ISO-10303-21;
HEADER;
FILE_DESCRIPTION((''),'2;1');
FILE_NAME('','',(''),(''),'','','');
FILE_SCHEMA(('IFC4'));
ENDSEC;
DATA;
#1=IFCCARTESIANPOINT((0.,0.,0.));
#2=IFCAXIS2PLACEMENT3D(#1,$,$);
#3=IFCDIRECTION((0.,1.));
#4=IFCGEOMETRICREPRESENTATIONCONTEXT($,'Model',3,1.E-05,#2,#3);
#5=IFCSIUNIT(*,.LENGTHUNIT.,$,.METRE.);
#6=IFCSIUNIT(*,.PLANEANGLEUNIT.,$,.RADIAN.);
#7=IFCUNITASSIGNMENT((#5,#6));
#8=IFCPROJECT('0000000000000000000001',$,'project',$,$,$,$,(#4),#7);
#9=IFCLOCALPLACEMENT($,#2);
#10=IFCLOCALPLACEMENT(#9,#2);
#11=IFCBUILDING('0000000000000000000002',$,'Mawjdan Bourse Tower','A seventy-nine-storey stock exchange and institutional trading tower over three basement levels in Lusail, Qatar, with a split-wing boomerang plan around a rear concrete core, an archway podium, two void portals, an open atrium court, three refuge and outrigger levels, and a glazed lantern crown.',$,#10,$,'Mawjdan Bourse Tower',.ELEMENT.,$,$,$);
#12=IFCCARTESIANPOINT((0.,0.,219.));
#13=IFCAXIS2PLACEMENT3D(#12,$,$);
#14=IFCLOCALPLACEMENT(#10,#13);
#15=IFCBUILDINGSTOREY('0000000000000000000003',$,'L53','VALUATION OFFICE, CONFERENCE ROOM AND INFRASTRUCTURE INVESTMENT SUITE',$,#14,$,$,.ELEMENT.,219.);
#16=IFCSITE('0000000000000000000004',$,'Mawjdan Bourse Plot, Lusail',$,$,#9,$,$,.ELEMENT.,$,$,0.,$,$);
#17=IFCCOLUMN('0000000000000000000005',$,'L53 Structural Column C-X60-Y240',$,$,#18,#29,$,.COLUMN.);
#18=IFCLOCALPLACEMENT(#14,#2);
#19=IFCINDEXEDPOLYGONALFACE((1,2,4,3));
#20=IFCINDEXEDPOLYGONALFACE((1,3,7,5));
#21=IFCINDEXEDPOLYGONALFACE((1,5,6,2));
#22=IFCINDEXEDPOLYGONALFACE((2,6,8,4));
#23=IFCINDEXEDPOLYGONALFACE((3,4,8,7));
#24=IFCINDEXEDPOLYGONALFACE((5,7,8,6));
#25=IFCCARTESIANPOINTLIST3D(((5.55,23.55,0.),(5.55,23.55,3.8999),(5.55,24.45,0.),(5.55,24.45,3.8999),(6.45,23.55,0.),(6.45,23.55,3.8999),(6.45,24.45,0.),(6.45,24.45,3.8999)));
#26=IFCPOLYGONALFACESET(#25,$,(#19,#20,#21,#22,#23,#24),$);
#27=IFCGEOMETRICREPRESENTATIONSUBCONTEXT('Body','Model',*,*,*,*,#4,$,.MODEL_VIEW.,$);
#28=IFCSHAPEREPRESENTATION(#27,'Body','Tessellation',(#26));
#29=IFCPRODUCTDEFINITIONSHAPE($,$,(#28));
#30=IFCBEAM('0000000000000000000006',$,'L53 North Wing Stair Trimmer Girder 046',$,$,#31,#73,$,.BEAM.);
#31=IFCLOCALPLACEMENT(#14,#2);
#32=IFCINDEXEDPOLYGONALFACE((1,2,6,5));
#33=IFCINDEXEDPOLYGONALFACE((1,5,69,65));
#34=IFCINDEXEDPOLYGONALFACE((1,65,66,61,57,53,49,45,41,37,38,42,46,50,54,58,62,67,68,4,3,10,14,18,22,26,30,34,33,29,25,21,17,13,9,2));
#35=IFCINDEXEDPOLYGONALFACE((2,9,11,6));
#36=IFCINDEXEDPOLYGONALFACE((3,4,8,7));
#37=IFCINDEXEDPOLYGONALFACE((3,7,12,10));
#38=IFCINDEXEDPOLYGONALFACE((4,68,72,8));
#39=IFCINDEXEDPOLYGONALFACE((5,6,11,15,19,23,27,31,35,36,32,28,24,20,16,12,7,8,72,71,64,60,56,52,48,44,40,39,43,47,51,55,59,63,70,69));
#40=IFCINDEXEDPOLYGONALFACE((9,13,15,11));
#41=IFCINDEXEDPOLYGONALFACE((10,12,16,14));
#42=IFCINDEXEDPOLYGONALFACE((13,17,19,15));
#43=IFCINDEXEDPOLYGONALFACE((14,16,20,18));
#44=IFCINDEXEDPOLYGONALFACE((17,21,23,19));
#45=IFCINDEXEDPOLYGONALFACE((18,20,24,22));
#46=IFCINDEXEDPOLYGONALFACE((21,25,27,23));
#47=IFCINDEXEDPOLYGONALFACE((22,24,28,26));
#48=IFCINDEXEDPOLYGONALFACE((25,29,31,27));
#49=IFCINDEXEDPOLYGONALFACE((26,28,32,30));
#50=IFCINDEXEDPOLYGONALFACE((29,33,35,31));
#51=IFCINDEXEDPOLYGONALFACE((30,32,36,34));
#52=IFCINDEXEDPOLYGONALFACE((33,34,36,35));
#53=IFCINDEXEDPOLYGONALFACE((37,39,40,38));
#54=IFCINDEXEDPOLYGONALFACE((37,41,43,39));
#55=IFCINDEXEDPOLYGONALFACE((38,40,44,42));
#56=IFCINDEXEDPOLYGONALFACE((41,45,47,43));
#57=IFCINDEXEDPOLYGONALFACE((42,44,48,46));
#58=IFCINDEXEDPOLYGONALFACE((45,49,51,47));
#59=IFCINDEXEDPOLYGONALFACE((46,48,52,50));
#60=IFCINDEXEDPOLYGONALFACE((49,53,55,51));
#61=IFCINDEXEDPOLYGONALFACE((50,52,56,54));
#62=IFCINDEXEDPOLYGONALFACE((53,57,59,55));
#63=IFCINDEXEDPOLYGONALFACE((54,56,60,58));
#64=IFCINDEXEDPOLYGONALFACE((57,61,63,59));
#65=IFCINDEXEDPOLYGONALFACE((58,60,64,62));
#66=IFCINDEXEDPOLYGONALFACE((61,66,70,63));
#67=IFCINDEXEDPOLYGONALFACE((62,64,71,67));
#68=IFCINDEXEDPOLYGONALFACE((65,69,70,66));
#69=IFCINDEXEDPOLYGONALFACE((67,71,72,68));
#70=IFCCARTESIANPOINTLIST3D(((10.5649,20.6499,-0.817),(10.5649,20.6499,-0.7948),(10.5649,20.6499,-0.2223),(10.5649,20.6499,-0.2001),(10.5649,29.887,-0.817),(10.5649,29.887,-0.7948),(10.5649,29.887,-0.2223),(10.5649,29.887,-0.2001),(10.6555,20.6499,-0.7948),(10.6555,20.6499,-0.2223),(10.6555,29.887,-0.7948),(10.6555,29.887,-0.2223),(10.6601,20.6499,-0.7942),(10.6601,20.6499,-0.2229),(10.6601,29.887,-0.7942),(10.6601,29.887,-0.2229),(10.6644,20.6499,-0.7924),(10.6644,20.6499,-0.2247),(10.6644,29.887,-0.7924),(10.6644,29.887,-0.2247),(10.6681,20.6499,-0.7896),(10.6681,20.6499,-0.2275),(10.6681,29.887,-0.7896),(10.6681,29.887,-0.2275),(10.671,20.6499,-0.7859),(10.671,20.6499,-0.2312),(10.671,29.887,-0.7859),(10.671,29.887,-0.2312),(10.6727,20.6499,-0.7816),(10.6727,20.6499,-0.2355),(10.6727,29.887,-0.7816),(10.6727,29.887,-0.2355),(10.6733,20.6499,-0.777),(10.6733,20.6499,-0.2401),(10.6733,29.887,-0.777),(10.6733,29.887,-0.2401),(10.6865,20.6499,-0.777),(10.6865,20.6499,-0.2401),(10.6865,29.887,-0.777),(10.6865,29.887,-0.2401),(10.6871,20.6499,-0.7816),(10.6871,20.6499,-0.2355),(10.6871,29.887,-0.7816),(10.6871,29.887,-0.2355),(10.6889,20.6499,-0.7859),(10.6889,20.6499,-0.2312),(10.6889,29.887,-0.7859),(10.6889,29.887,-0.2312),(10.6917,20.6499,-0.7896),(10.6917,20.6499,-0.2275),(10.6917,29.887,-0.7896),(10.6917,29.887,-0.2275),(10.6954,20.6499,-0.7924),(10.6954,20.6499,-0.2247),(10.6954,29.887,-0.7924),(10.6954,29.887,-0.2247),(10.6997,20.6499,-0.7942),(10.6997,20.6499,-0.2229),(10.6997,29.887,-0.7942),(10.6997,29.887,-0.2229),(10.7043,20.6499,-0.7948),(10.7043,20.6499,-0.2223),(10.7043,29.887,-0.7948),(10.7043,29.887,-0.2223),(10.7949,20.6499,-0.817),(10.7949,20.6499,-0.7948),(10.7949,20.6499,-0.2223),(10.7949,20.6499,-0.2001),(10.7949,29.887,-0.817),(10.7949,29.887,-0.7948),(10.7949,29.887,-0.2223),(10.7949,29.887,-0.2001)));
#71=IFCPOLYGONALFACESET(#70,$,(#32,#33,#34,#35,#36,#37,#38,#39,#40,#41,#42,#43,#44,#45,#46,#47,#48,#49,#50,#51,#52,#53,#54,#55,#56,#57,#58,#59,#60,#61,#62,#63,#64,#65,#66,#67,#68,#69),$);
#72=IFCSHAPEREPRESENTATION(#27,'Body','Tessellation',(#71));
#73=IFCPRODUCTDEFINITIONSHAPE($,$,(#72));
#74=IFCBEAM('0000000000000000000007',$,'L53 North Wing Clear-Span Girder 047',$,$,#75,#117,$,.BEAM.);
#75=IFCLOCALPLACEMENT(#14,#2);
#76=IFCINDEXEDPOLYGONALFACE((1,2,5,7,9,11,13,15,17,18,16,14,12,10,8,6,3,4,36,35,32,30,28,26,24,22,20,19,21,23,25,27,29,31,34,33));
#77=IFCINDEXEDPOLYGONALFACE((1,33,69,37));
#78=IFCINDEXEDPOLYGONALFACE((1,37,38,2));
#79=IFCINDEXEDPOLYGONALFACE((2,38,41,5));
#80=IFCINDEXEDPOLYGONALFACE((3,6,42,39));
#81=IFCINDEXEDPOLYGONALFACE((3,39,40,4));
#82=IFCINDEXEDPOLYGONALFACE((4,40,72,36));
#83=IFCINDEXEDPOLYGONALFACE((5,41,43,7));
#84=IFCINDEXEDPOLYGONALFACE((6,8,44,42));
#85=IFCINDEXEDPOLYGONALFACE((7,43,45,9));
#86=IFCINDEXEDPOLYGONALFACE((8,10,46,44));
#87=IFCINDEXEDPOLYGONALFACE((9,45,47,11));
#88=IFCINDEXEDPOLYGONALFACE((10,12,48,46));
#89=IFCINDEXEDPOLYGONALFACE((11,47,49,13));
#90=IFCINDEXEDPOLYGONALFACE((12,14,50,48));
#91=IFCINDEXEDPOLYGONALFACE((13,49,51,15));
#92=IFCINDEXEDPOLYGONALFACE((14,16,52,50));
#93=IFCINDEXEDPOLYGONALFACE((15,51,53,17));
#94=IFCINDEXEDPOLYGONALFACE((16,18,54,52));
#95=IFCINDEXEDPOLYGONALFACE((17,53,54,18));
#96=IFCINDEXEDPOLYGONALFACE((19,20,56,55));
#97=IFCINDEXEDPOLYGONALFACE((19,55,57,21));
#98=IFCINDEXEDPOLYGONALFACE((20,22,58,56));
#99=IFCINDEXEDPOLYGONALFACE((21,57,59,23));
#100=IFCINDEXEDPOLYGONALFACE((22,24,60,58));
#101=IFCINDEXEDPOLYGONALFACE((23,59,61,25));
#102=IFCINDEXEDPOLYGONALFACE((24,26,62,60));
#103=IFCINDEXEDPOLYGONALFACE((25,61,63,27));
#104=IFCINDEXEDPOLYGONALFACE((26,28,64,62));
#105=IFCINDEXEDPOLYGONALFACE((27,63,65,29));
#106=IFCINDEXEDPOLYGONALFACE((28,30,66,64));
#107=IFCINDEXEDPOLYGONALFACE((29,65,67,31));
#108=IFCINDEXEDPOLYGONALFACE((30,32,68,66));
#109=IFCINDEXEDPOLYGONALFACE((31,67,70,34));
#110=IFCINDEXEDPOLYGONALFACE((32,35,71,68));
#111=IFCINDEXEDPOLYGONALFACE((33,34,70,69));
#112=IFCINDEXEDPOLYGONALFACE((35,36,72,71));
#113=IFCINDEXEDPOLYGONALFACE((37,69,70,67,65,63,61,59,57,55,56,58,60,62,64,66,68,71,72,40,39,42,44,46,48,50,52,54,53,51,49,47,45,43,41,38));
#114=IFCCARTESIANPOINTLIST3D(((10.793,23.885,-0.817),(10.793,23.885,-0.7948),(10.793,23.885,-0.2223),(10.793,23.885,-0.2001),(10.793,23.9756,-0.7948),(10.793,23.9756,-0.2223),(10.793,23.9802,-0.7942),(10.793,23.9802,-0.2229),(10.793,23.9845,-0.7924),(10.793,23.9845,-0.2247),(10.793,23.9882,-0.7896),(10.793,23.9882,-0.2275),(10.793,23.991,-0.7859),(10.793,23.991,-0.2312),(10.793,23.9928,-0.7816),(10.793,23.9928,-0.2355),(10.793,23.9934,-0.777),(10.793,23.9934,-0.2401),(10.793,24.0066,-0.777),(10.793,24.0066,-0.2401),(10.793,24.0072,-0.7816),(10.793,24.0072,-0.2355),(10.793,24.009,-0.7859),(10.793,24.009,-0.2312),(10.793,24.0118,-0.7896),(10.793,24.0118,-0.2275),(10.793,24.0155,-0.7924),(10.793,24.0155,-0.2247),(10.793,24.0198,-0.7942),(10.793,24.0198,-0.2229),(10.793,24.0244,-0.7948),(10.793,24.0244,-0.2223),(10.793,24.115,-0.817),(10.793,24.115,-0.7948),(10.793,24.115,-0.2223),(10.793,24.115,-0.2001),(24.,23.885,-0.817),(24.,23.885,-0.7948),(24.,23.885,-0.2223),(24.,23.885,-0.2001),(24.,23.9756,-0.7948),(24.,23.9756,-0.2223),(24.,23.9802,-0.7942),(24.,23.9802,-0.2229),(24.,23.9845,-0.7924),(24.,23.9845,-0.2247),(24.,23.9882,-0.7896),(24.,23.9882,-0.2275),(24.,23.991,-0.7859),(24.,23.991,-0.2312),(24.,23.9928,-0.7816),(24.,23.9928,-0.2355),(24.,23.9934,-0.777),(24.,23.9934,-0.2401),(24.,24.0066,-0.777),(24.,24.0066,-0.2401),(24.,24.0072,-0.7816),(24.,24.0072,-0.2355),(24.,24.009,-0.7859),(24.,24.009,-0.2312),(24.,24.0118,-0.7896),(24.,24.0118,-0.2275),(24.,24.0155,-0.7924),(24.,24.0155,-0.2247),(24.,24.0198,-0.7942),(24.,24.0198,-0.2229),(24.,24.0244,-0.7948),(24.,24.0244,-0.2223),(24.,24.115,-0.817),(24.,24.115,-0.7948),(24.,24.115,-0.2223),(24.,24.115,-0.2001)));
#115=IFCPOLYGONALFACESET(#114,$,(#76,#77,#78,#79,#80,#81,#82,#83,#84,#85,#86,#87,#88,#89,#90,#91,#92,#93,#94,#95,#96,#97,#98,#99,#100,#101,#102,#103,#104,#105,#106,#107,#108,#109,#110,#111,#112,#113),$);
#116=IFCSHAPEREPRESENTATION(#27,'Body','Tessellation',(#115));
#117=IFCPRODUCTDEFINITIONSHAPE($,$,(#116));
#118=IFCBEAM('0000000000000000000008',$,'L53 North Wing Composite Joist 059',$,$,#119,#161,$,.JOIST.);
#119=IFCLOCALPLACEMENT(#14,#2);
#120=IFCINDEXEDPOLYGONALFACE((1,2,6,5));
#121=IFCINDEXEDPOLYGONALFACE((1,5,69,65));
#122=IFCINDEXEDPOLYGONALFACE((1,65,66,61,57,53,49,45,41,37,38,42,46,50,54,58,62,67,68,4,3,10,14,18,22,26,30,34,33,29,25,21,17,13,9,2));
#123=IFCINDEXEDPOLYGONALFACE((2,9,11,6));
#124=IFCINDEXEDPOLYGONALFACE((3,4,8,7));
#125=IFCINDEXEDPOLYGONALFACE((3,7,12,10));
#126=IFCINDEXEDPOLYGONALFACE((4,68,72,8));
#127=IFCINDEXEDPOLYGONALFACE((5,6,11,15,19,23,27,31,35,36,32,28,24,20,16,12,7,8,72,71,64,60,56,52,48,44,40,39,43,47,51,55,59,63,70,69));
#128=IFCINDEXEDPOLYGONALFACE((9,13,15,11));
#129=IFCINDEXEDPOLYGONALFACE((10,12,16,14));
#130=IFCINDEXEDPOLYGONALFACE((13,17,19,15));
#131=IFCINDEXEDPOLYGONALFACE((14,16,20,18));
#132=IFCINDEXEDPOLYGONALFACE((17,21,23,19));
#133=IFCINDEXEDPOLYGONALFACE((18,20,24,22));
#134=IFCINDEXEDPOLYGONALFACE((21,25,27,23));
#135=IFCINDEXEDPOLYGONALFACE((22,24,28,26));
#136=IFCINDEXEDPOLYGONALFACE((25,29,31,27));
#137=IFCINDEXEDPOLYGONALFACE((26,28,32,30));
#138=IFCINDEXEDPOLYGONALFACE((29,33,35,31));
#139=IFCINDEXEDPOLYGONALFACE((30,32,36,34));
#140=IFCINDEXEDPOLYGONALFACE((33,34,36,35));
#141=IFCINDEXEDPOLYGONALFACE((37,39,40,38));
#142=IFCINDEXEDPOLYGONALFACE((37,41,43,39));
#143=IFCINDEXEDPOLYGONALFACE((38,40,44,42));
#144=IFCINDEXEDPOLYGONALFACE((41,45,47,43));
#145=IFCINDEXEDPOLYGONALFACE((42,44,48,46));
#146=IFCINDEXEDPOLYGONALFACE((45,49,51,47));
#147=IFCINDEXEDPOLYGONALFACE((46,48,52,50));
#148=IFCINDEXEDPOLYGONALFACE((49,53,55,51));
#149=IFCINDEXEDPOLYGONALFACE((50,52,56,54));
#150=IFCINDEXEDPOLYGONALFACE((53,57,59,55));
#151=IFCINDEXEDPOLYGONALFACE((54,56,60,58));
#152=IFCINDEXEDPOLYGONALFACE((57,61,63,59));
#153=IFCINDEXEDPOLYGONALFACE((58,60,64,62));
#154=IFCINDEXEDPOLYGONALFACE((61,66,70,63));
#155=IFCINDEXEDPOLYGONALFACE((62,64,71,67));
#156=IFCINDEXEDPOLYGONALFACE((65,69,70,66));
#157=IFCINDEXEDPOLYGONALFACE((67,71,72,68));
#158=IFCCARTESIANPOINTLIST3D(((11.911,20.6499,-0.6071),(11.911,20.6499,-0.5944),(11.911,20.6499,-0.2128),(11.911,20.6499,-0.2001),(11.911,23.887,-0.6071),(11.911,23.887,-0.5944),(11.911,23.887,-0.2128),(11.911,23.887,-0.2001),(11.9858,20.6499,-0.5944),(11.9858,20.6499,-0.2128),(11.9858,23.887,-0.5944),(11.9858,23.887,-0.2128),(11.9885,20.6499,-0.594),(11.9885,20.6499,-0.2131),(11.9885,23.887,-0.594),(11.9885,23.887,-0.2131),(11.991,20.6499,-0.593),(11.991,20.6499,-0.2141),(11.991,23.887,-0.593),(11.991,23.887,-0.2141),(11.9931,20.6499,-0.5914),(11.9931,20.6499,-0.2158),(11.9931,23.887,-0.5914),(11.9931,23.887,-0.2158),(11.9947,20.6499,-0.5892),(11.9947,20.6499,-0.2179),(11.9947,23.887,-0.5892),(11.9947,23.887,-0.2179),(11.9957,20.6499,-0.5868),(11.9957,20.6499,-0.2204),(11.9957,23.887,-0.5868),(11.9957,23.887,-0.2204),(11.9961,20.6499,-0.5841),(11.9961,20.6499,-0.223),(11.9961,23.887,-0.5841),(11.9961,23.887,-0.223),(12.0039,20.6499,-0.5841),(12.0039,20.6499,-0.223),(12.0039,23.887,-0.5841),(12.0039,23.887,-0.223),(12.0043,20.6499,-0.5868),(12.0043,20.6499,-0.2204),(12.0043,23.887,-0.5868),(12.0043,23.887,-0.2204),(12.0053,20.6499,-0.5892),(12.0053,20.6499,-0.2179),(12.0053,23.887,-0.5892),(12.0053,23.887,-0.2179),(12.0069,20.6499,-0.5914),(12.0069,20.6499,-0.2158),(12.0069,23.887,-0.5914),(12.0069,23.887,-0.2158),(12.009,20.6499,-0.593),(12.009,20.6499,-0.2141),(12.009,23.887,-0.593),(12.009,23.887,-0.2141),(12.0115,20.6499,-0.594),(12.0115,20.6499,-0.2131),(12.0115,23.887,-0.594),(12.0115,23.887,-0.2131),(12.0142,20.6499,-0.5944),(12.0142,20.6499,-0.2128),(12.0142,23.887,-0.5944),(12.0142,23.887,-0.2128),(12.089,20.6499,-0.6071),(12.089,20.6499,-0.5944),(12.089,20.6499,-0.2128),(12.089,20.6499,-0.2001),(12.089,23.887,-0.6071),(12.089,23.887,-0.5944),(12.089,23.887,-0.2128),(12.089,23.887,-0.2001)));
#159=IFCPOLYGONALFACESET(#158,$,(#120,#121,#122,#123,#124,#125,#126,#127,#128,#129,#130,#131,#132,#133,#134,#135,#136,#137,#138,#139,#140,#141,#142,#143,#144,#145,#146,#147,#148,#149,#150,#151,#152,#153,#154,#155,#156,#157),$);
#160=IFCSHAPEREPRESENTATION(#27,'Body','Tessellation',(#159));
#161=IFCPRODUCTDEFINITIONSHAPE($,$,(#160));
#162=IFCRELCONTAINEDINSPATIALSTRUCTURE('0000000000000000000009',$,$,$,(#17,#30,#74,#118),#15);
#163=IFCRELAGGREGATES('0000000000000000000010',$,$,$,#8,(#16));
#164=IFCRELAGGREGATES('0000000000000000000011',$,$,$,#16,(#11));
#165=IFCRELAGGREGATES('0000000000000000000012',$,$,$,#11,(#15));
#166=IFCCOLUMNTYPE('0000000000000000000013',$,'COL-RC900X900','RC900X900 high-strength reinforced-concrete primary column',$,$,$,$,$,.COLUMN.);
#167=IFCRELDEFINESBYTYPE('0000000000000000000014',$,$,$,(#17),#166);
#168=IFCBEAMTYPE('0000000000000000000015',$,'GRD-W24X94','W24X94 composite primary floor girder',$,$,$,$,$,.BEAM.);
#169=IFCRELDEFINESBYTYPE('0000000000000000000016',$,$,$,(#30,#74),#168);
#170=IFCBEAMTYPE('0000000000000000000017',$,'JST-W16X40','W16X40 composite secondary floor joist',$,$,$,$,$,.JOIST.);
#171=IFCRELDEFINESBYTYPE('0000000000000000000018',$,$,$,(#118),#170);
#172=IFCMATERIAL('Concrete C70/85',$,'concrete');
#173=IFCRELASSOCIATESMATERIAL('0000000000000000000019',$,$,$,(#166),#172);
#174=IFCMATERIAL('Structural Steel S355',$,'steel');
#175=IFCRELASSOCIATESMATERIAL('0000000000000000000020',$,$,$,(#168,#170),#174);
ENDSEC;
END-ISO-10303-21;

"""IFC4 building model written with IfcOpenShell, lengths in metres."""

from ifc_helpers import new_model, si_unit, direction, frame, origin, origin_2d, place, context, subcontext, project, spatial, rectangle, i_section, extrude, material, material_profile, profile_set, type_object, element, save


model = new_model("IFC4")

# Units and contexts
model_context = context("Model", 3, precision=1e-05, world=origin(), true_north=direction((0.0, 1.0)))
body_context = subcontext(model_context, "Body", "Model", "MODEL_VIEW")
ifc_project = project(units=[si_unit("LENGTHUNIT", "METRE"), si_unit("PLANEANGLEUNIT", "RADIAN")], contexts=[model_context])

# Site, building, storey
site_placement = place(None, origin())
site = spatial("IfcSite", under=ifc_project, at=site_placement, Name="Mawjdan Bourse Plot, Lusail", CompositionType="ELEMENT", RefElevation=0.0)
building_placement = place(site_placement, origin())
building = spatial("IfcBuilding", under=site, at=building_placement, Name="Mawjdan Bourse Tower", Description="A seventy-nine-storey stock exchange and institutional trading tower over three basement levels in Lusail, Qatar, with a split-wing boomerang plan around a rear concrete core, an archway podium, two void portals, an open atrium court, three refuge and outrigger levels, and a glazed lantern crown.", LongName="Mawjdan Bourse Tower", CompositionType="ELEMENT")
storey_placement = place(building_placement, frame((0.0, 0.0, 219.0)))
storey = spatial("IfcBuildingStorey", under=building, at=storey_placement, Name="L53", Description="VALUATION OFFICE, CONFERENCE ROOM AND INFRASTRUCTURE INVESTMENT SUITE", CompositionType="ELEMENT", Elevation=219.0)

# Column
ifc_material_1 = material(Name="Concrete C70/85", Category="concrete")
ifc_material_profile_1 = material_profile(ifc_material_1, rectangle(XDim=0.8999, YDim=0.8999, at=origin_2d()), Name="RC900X900")
ifc_profile_set_1 = profile_set([ifc_material_profile_1], Name="Concrete C70/85")
column_type = type_object("IfcColumnType", Name="COL-RC900X900", Description="RC900X900 high-strength reinforced-concrete primary column", PredefinedType="COLUMN", material=ifc_profile_set_1)
column_placement = place(storey_placement, frame((6.0, 24.0, 0.0), z_axis=(0.0, 0.0, 1.0), x_axis=(1.0, 0.0, 0.0)))
element("IfcColumn", 1, at=column_placement, inside=storey, type_object=column_type, Name="L53 Structural Column C-X60-Y240", PredefinedType="COLUMN", context=body_context, shape_type="SweptSolid", body=[
    extrude(rectangle(XDim=0.8999, YDim=0.8999, at=origin_2d()), origin(), (0.0, 0.0, 1.0), 3.8999),
])

# Beams
ifc_material_2 = material(Name="Structural Steel S355", Category="steel")
ifc_material_profile_2 = material_profile(ifc_material_2, i_section(OverallWidth=0.23, OverallDepth=0.6169, WebThickness=0.0132, FlangeThickness=0.0222, FilletRadius=0.0178, at=origin_2d()), Name="W24X94")
ifc_profile_set_2 = profile_set([ifc_material_profile_2], Name="Structural Steel S355")
beam_type_1 = type_object("IfcBeamType", Name="GRD-W24X94", Description="W24X94 composite primary floor girder", PredefinedType="BEAM", material=ifc_profile_set_2)
beam_1_placement = place(storey_placement, frame((10.6799, 20.6499, -0.5085), z_axis=(0.0, 1.0, 0.0), x_axis=(-1.0, 0.0, 0.0)))
element("IfcBeam", 2, at=beam_1_placement, inside=storey, type_object=beam_type_1, Name="L53 North Wing Stair Trimmer Girder 046", PredefinedType="BEAM", context=body_context, shape_type="SweptSolid", body=[
    extrude(i_section(OverallWidth=0.23, OverallDepth=0.6169, WebThickness=0.0132, FlangeThickness=0.0222, FilletRadius=0.0178, at=origin_2d()), origin(), (0.0, 0.0, 1.0), 9.2371),
])
beam_2_placement = place(storey_placement, frame((10.793, 24.0, -0.5085), z_axis=(1.0, 0.0, 0.0), x_axis=(0.0, 1.0, 0.0)))
element("IfcBeam", 3, at=beam_2_placement, inside=storey, type_object=beam_type_1, Name="L53 North Wing Clear-Span Girder 047", PredefinedType="BEAM", context=body_context, shape_type="SweptSolid", body=[
    extrude(i_section(OverallWidth=0.23, OverallDepth=0.6169, WebThickness=0.0132, FlangeThickness=0.0222, FilletRadius=0.0178, at=origin_2d()), origin(), (0.0, 0.0, 1.0), 13.207),
])
ifc_material_profile_3 = material_profile(ifc_material_2, i_section(OverallWidth=0.178, OverallDepth=0.407, WebThickness=0.0078, FlangeThickness=0.0127, FilletRadius=0.0103, at=origin_2d()), Name="W16X40")
ifc_profile_set_3 = profile_set([ifc_material_profile_3], Name="Structural Steel S355")
beam_type_2 = type_object("IfcBeamType", Name="JST-W16X40", Description="W16X40 composite secondary floor joist", PredefinedType="JOIST", material=ifc_profile_set_3)
beam_3_placement = place(storey_placement, frame((12.0, 20.6499, -0.4036), z_axis=(0.0, 1.0, 0.0), x_axis=(-1.0, 0.0, 0.0)))
element("IfcBeam", 4, at=beam_3_placement, inside=storey, type_object=beam_type_2, Name="L53 North Wing Composite Joist 059", PredefinedType="JOIST", context=body_context, shape_type="SweptSolid", body=[
    extrude(i_section(OverallWidth=0.178, OverallDepth=0.407, WebThickness=0.0078, FlangeThickness=0.0127, FilletRadius=0.0103, at=origin_2d()), origin(), (0.0, 0.0, 1.0), 3.2371),
])

save(model, "model.ifc")
